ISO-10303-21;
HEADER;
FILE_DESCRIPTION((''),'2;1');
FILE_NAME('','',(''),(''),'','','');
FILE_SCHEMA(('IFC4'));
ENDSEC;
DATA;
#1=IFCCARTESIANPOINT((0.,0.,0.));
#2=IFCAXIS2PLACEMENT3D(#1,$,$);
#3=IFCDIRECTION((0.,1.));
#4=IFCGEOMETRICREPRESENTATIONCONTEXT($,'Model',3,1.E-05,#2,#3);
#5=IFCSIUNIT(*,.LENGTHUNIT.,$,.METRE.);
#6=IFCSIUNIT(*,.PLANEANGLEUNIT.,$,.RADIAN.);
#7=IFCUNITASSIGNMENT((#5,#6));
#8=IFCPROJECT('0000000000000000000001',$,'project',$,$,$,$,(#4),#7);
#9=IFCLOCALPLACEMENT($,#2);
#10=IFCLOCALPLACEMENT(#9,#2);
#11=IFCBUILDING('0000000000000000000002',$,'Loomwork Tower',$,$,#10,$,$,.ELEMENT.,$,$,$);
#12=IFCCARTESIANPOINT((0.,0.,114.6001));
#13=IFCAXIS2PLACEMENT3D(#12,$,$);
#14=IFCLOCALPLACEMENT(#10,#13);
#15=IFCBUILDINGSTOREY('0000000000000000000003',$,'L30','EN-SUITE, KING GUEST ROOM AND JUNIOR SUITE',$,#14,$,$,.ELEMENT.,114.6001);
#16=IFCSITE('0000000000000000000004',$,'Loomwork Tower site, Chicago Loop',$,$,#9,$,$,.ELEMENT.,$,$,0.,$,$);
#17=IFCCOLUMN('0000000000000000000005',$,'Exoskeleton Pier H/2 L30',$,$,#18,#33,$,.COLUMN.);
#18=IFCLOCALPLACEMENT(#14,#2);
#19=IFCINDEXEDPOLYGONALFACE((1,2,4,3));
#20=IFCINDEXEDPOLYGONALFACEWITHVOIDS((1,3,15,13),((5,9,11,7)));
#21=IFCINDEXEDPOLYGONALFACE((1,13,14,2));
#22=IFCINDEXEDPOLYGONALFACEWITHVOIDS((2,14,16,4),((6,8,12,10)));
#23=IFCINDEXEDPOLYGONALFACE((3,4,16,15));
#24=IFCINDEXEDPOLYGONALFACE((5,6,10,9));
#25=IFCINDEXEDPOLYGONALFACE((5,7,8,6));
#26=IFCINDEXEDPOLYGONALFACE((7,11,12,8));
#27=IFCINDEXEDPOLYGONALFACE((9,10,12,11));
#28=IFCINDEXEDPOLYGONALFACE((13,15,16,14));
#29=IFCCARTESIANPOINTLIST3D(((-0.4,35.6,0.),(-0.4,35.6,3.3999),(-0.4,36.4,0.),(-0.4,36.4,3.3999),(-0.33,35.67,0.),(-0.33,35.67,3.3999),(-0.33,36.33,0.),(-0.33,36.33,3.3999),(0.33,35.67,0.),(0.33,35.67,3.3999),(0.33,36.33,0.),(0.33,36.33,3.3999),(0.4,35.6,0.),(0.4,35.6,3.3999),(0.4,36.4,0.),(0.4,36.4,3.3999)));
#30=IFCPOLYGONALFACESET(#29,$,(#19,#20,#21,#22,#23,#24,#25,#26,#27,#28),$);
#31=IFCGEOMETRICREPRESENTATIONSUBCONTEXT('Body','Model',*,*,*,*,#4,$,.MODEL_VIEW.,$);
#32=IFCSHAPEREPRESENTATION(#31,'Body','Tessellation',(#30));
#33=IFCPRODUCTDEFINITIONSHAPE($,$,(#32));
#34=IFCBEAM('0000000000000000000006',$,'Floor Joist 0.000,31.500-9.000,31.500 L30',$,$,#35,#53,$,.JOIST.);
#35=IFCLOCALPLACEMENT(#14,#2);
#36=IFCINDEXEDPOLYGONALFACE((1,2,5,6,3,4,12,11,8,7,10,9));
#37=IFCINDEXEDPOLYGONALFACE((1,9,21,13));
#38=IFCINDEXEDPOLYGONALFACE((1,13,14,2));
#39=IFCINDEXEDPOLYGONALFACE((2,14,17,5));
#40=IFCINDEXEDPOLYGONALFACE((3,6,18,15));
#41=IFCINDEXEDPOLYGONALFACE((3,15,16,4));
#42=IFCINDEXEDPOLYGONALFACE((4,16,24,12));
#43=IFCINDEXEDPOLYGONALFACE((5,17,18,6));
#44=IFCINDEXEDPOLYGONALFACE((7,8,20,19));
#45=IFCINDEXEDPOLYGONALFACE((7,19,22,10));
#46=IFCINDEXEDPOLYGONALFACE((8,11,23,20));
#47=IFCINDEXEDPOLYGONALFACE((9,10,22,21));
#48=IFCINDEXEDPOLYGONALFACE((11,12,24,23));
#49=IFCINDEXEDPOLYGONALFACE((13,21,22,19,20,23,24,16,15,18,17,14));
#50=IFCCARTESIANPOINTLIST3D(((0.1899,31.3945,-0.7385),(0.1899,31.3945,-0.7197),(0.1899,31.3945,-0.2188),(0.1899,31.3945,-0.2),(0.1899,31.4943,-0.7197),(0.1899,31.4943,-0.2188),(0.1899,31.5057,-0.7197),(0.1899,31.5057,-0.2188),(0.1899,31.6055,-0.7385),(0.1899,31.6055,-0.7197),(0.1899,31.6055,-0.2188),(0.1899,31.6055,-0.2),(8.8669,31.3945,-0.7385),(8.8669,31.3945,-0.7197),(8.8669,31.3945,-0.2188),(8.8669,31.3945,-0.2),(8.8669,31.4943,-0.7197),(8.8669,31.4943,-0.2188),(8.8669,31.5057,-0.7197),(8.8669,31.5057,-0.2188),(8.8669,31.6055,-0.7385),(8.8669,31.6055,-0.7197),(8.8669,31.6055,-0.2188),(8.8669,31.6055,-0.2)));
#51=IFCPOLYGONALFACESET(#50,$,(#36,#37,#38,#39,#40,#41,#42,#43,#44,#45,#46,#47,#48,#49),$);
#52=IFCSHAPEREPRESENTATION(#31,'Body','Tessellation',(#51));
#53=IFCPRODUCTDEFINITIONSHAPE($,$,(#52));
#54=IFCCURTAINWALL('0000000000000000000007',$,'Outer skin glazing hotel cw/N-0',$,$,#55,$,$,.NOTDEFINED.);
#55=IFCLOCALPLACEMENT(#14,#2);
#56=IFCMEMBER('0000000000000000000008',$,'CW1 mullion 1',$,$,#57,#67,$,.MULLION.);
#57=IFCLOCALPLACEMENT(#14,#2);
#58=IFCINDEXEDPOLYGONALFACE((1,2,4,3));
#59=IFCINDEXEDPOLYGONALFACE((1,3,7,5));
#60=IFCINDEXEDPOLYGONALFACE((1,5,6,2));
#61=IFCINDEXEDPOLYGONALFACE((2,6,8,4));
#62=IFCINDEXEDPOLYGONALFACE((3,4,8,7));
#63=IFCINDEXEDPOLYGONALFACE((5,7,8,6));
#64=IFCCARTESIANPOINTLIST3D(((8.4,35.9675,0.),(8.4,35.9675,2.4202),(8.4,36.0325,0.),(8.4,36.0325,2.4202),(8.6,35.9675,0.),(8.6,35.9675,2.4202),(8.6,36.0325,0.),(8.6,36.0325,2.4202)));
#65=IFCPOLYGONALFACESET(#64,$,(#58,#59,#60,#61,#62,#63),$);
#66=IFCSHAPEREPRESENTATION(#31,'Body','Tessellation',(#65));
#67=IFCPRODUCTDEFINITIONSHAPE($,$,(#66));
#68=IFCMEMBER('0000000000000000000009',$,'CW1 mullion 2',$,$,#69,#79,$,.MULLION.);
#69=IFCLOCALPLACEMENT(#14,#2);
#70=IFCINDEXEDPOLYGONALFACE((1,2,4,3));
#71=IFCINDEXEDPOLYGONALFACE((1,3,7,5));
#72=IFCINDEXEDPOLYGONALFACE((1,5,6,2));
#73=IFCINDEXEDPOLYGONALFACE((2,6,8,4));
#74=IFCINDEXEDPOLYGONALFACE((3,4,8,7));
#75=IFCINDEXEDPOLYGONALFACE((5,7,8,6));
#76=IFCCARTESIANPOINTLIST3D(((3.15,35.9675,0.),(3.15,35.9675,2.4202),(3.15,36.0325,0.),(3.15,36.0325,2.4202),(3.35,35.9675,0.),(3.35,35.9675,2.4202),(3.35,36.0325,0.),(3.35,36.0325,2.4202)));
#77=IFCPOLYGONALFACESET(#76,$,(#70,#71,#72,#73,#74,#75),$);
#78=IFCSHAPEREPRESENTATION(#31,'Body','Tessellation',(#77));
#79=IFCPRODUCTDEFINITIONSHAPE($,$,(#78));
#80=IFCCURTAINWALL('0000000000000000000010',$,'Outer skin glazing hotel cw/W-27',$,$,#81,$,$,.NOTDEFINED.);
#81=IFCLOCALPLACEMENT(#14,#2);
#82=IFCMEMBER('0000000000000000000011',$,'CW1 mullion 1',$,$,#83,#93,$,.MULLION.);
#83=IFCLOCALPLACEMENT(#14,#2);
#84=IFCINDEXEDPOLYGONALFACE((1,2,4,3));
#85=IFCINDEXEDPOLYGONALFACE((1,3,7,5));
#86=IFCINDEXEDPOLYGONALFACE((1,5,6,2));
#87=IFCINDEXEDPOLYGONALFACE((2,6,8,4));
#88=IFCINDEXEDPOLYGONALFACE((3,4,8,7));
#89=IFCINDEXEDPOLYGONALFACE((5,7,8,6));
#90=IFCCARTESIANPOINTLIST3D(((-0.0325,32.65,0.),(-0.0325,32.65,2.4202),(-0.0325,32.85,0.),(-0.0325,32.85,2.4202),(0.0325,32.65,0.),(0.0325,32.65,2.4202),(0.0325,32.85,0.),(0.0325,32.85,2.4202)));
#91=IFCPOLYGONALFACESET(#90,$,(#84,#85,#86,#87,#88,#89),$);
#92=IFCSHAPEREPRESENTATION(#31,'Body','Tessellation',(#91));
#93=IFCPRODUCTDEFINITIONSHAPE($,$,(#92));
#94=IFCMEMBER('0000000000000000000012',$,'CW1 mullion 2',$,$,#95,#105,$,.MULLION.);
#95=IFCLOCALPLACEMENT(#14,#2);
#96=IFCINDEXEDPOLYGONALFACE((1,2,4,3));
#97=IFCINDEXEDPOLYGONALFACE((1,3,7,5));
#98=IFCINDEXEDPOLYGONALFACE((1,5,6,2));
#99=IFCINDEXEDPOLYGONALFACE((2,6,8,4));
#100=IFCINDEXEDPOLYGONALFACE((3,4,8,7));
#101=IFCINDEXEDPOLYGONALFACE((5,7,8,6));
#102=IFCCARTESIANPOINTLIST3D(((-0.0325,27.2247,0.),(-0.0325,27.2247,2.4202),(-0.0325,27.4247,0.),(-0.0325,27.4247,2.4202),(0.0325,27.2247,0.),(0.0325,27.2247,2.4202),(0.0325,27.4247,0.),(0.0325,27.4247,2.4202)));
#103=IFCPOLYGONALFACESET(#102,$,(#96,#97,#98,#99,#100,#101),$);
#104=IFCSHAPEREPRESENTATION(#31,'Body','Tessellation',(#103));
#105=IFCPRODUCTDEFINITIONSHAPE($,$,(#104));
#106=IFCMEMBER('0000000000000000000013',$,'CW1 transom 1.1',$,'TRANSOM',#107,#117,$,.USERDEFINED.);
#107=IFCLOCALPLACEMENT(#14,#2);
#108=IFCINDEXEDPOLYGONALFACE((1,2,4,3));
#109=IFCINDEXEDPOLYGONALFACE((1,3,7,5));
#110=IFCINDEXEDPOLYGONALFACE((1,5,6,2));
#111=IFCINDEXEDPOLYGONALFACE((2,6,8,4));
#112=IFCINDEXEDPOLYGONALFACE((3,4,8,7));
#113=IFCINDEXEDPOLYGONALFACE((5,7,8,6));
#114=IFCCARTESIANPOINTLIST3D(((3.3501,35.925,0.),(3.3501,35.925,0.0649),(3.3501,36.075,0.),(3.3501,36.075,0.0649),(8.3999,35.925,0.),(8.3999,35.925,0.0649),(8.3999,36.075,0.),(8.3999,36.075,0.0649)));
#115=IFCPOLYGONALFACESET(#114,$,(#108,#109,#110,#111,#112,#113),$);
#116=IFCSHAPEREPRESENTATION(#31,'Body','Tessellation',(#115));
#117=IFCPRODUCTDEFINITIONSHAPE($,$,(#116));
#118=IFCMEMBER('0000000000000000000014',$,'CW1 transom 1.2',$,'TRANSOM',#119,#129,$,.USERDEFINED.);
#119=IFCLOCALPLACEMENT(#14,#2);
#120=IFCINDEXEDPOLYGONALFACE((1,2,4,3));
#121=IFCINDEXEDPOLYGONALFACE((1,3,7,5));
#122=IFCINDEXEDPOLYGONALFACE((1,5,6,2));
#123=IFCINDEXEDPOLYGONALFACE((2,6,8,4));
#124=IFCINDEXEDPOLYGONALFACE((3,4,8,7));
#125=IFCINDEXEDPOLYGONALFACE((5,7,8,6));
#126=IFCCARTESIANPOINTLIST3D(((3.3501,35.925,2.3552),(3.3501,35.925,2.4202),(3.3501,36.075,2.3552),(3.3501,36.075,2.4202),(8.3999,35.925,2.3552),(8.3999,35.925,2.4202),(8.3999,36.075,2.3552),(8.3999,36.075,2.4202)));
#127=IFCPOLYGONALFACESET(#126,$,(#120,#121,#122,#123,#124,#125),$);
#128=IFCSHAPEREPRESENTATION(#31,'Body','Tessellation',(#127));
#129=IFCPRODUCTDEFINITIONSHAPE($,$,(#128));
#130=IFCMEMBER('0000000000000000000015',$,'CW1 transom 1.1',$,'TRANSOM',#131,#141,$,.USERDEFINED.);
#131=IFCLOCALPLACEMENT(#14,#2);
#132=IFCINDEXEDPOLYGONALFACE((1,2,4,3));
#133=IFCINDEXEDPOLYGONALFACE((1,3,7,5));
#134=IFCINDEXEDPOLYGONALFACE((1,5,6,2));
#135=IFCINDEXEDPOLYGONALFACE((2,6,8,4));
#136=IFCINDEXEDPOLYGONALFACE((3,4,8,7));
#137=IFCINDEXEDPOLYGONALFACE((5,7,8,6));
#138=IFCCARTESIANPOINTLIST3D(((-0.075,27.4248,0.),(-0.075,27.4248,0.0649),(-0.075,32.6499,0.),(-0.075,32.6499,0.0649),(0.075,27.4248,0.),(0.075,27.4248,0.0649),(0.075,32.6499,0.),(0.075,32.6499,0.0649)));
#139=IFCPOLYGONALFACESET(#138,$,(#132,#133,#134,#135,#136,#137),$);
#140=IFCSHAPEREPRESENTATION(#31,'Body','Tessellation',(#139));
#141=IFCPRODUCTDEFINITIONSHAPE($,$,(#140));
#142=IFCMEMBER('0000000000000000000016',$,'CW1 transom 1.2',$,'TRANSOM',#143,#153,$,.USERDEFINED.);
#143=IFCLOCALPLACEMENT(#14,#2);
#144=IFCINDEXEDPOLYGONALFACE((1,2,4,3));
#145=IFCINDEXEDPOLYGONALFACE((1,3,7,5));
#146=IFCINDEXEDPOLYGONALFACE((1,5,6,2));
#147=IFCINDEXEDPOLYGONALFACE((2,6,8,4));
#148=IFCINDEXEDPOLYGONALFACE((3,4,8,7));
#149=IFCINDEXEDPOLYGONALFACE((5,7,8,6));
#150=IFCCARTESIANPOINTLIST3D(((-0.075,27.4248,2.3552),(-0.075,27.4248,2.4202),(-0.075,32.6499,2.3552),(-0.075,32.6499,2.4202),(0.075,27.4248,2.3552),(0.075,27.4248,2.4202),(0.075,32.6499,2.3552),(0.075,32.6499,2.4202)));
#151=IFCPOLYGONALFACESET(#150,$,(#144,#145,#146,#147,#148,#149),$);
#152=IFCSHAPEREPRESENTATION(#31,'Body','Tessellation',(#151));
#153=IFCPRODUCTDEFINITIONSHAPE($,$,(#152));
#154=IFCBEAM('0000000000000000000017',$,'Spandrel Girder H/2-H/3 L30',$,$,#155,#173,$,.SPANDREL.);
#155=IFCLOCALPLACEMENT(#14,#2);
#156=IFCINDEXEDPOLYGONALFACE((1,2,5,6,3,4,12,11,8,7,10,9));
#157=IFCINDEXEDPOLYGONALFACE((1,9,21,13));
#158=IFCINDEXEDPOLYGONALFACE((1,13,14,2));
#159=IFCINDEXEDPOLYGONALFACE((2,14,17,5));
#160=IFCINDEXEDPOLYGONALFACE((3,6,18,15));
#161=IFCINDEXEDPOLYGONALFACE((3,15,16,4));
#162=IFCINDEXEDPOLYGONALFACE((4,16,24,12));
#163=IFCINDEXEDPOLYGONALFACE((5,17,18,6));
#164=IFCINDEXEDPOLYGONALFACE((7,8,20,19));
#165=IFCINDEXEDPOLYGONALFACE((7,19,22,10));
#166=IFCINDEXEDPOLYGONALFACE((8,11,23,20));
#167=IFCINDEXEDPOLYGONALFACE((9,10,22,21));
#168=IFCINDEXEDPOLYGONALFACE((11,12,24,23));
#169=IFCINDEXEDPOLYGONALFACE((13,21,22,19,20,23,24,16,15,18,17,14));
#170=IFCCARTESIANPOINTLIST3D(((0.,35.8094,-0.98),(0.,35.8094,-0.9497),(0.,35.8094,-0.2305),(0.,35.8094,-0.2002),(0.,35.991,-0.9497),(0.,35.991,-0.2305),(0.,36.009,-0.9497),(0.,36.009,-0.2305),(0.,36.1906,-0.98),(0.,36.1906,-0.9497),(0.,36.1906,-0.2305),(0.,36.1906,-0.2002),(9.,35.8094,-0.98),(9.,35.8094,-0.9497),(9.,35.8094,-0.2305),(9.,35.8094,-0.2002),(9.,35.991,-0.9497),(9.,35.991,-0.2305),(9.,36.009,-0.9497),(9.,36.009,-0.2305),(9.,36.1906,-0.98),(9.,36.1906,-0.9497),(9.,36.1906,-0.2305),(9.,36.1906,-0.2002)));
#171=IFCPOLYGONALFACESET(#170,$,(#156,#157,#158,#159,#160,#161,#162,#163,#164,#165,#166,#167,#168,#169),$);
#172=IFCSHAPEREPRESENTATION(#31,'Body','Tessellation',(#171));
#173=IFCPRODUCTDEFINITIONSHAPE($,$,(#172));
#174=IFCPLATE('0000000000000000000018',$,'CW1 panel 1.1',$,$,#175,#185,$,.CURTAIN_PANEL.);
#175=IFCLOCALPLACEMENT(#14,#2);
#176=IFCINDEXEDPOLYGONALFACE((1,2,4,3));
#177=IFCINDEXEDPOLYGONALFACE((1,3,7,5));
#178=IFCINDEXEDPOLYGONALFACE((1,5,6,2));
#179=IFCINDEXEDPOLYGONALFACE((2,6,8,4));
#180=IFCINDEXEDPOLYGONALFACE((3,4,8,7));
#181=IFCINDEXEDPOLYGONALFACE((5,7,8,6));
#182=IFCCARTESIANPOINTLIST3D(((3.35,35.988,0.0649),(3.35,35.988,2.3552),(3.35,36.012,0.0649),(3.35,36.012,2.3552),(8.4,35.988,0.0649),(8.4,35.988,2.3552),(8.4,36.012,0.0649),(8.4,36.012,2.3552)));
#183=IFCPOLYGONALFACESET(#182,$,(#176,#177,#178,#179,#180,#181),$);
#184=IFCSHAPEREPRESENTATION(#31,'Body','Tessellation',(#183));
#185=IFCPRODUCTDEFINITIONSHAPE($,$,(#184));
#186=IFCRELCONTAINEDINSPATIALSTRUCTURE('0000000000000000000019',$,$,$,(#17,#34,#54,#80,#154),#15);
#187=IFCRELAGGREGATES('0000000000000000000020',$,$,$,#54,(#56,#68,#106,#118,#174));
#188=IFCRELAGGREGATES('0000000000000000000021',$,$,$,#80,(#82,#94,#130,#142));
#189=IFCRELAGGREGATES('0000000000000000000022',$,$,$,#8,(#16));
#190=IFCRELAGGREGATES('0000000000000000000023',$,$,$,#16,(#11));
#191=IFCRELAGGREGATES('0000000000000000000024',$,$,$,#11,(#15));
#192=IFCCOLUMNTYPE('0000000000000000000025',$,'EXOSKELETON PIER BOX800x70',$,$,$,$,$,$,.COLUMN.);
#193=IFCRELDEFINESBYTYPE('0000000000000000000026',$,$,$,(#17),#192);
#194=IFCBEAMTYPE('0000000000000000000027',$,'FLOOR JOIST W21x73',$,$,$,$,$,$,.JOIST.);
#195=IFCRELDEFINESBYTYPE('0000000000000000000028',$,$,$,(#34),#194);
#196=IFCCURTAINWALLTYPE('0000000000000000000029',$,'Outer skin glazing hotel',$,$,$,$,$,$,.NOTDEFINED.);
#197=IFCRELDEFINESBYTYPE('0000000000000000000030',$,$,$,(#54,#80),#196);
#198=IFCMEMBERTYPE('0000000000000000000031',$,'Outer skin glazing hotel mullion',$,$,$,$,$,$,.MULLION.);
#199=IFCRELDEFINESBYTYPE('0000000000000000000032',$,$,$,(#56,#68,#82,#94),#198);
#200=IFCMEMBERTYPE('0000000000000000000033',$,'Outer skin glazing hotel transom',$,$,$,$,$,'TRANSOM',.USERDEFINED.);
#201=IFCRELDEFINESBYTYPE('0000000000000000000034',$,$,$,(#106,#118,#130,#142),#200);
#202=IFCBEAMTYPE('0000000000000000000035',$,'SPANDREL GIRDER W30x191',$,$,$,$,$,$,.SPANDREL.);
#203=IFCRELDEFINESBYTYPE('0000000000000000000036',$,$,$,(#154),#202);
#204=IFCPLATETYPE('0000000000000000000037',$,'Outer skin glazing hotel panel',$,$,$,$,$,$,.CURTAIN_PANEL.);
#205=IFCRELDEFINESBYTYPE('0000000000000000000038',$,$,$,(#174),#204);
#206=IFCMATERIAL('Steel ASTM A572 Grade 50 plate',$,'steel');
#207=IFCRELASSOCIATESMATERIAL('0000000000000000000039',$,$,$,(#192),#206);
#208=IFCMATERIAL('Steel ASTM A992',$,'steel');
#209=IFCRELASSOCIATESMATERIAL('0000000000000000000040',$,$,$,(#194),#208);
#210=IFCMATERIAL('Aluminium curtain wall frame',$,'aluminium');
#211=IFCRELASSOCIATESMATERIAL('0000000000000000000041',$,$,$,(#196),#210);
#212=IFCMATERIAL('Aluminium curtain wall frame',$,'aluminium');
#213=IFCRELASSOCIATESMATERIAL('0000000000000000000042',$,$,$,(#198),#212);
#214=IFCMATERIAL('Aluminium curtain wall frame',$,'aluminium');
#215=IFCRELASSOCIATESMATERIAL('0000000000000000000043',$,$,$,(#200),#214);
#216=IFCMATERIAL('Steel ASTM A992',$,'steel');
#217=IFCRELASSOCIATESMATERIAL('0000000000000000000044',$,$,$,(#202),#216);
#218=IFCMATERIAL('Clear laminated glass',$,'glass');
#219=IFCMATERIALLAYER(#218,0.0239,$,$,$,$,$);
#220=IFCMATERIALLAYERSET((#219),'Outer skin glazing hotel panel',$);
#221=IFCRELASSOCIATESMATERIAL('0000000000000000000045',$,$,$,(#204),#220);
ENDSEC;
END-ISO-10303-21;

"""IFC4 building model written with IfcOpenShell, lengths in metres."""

from ifc_helpers import new_model, si_unit, direction, frame, origin, origin_2d, place, context, subcontext, project, spatial, rectangle, hollow_rectangle, i_section, extrude, material, layer, layer_set, material_profile, profile_set, type_object, element, aggregate, save


model = new_model("IFC4")

# Units and contexts
model_context = context("Model", 3, precision=1e-05, world=origin(), true_north=direction((0.0, 1.0)))
body_context = subcontext(model_context, "Body", "Model", "MODEL_VIEW")
ifc_project = project(units=[si_unit("LENGTHUNIT", "METRE"), si_unit("PLANEANGLEUNIT", "RADIAN")], contexts=[model_context])

# Site, building, storey
site_placement = place(None, origin())
site = spatial("IfcSite", under=ifc_project, at=site_placement, Name="Loomwork Tower site, Chicago Loop", CompositionType="ELEMENT", RefElevation=0.0)
building_placement = place(site_placement, origin())
building = spatial("IfcBuilding", under=site, at=building_placement, Name="Loomwork Tower", CompositionType="ELEMENT")
storey_placement = place(building_placement, frame((0.0, 0.0, 114.6001)))
storey = spatial("IfcBuildingStorey", under=building, at=storey_placement, Name="L30", Description="EN-SUITE, KING GUEST ROOM AND JUNIOR SUITE", CompositionType="ELEMENT", Elevation=114.6001)

# Column
ifc_material_1 = material(Name="Steel ASTM A572 Grade 50 plate", Category="steel")
ifc_material_profile_1 = material_profile(ifc_material_1, hollow_rectangle(XDim=0.8, YDim=0.8, WallThickness=0.0701, at=origin_2d()), Name="BOX800x70")
ifc_profile_set_1 = profile_set([ifc_material_profile_1], Name="Steel ASTM A572 Grade 50 plate")
column_type = type_object("IfcColumnType", Name="EXOSKELETON PIER BOX800x70", PredefinedType="COLUMN", material=ifc_profile_set_1)
column_placement = place(storey_placement, frame((0.0, 36.0, 0.0), z_axis=(0.0, 0.0, 1.0), x_axis=(1.0, 0.0, 0.0)))
element("IfcColumn", 1, at=column_placement, inside=storey, type_object=column_type, Name="Exoskeleton Pier H/2 L30", PredefinedType="COLUMN", context=body_context, shape_type="SweptSolid", body=[
    extrude(hollow_rectangle(XDim=0.8, YDim=0.8, WallThickness=0.0701, at=origin_2d()), origin(), (0.0, 0.0, 1.0), 3.3999),
])

# Beam
ifc_material_2 = material(Name="Steel ASTM A992", Category="steel")
ifc_material_profile_2 = material_profile(ifc_material_2, i_section(OverallWidth=0.2109, OverallDepth=0.5386, WebThickness=0.0115, FlangeThickness=0.0188, at=origin_2d()), Name="W21x73")
ifc_profile_set_2 = profile_set([ifc_material_profile_2], Name="Steel ASTM A992")
beam_type_1 = type_object("IfcBeamType", Name="FLOOR JOIST W21x73", PredefinedType="JOIST", material=ifc_profile_set_2)
beam_1_placement = place(storey_placement, frame((0.1899, 31.5, -0.4692), z_axis=(1.0, 0.0, 0.0), x_axis=(0.0, 1.0, 0.0)))
element("IfcBeam", 2, at=beam_1_placement, inside=storey, type_object=beam_type_1, Name="Floor Joist 0.000,31.500-9.000,31.500 L30", PredefinedType="JOIST", context=body_context, shape_type="SweptSolid", body=[
    extrude(i_section(OverallWidth=0.2109, OverallDepth=0.5386, WebThickness=0.0115, FlangeThickness=0.0188, at=origin_2d()), origin(), (0.0, 0.0, 1.0), 8.677),
])

# Curtain walls, members
ifc_material_3 = material(Name="Aluminium curtain wall frame", Category="aluminium")
curtain_wall_type = type_object("IfcCurtainWallType", Name="Outer skin glazing hotel", PredefinedType="NOTDEFINED", material=ifc_material_3)
curtain_wall_1_placement = place(storey_placement, origin())
curtain_wall_1 = element("IfcCurtainWall", 3, at=curtain_wall_1_placement, inside=storey, type_object=curtain_wall_type, Name="Outer skin glazing hotel cw/N-0", PredefinedType="NOTDEFINED")
ifc_material_4 = material(Name="Aluminium curtain wall frame", Category="aluminium")
ifc_material_profile_3 = material_profile(ifc_material_4, rectangle(XDim=0.0649, YDim=0.2, at=origin_2d()), Name="AL 65x200")
ifc_profile_set_3 = profile_set([ifc_material_profile_3], Name="Aluminium curtain wall frame")
member_type_1 = type_object("IfcMemberType", Name="Outer skin glazing hotel mullion", PredefinedType="MULLION", material=ifc_profile_set_3)
member_1_placement = place(storey_placement, frame((8.5, 36.0, 0.0), z_axis=(0.0, 0.0, 1.0), x_axis=(0.0, -1.0, 0.0)))
member_1 = element("IfcMember", 4, at=member_1_placement, type_object=member_type_1, Name="CW1 mullion 1", PredefinedType="MULLION", context=body_context, shape_type="SweptSolid", body=[
    extrude(rectangle(XDim=0.0649, YDim=0.2, at=origin_2d()), origin(), (0.0, 0.0, 1.0), 2.4202),
])
member_2_placement = place(storey_placement, frame((3.25, 36.0, 0.0), z_axis=(0.0, 0.0, 1.0), x_axis=(0.0, -1.0, 0.0)))
member_2 = element("IfcMember", 5, at=member_2_placement, type_object=member_type_1, Name="CW1 mullion 2", PredefinedType="MULLION", context=body_context, shape_type="SweptSolid", body=[
    extrude(rectangle(XDim=0.0649, YDim=0.2, at=origin_2d()), origin(), (0.0, 0.0, 1.0), 2.4202),
])
curtain_wall_2_placement = place(storey_placement, origin())
curtain_wall_2 = element("IfcCurtainWall", 6, at=curtain_wall_2_placement, inside=storey, type_object=curtain_wall_type, Name="Outer skin glazing hotel cw/W-27", PredefinedType="NOTDEFINED")
member_3_placement = place(storey_placement, frame((0.0, 32.75, 0.0), z_axis=(0.0, 0.0, 1.0), x_axis=(1.0, 0.0, 0.0)))
member_3 = element("IfcMember", 7, at=member_3_placement, type_object=member_type_1, Name="CW1 mullion 1", PredefinedType="MULLION", context=body_context, shape_type="SweptSolid", body=[
    extrude(rectangle(XDim=0.0649, YDim=0.2, at=origin_2d()), origin(), (0.0, 0.0, 1.0), 2.4202),
])
member_4_placement = place(storey_placement, frame((0.0, 27.3247, 0.0), z_axis=(0.0, 0.0, 1.0), x_axis=(1.0, 0.0, 0.0)))
member_4 = element("IfcMember", 8, at=member_4_placement, type_object=member_type_1, Name="CW1 mullion 2", PredefinedType="MULLION", context=body_context, shape_type="SweptSolid", body=[
    extrude(rectangle(XDim=0.0649, YDim=0.2, at=origin_2d()), origin(), (0.0, 0.0, 1.0), 2.4202),
])

# Members
ifc_material_5 = material(Name="Aluminium curtain wall frame", Category="aluminium")
ifc_material_profile_4 = material_profile(ifc_material_5, rectangle(XDim=0.1499, YDim=0.0649, at=origin_2d()), Name="AL 65x150")
ifc_profile_set_4 = profile_set([ifc_material_profile_4], Name="Aluminium curtain wall frame")
member_type_2 = type_object("IfcMemberType", Name="Outer skin glazing hotel transom", ElementType="TRANSOM", PredefinedType="USERDEFINED", material=ifc_profile_set_4)
member_5_placement = place(storey_placement, frame((8.3999, 36.0, 0.0325), z_axis=(-1.0, 0.0, 0.0), x_axis=(0.0, -1.0, 0.0)))
member_5 = element("IfcMember", 9, at=member_5_placement, type_object=member_type_2, Name="CW1 transom 1.1", ObjectType="TRANSOM", PredefinedType="USERDEFINED", context=body_context, shape_type="SweptSolid", body=[
    extrude(rectangle(XDim=0.1499, YDim=0.0649, at=origin_2d()), origin(), (0.0, 0.0, 1.0), 5.0498),
])
member_6_placement = place(storey_placement, frame((8.3999, 36.0, 2.3877), z_axis=(-1.0, 0.0, 0.0), x_axis=(0.0, -1.0, 0.0)))
member_6 = element("IfcMember", 10, at=member_6_placement, type_object=member_type_2, Name="CW1 transom 1.2", ObjectType="TRANSOM", PredefinedType="USERDEFINED", context=body_context, shape_type="SweptSolid", body=[
    extrude(rectangle(XDim=0.1499, YDim=0.0649, at=origin_2d()), origin(), (0.0, 0.0, 1.0), 5.0498),
])
member_7_placement = place(storey_placement, frame((0.0, 32.6499, 0.0325), z_axis=(0.0, -1.0, 0.0), x_axis=(1.0, 0.0, 0.0)))
member_7 = element("IfcMember", 11, at=member_7_placement, type_object=member_type_2, Name="CW1 transom 1.1", ObjectType="TRANSOM", PredefinedType="USERDEFINED", context=body_context, shape_type="SweptSolid", body=[
    extrude(rectangle(XDim=0.1499, YDim=0.0649, at=origin_2d()), origin(), (0.0, 0.0, 1.0), 5.2251),
])
member_8_placement = place(storey_placement, frame((0.0, 32.6499, 2.3877), z_axis=(0.0, -1.0, 0.0), x_axis=(1.0, 0.0, 0.0)))
member_8 = element("IfcMember", 12, at=member_8_placement, type_object=member_type_2, Name="CW1 transom 1.2", ObjectType="TRANSOM", PredefinedType="USERDEFINED", context=body_context, shape_type="SweptSolid", body=[
    extrude(rectangle(XDim=0.1499, YDim=0.0649, at=origin_2d()), origin(), (0.0, 0.0, 1.0), 5.2251),
])

# Beam
ifc_material_6 = material(Name="Steel ASTM A992", Category="steel")
ifc_material_profile_5 = material_profile(ifc_material_6, i_section(OverallWidth=0.3811, OverallDepth=0.7798, WebThickness=0.0181, FlangeThickness=0.0303, at=origin_2d()), Name="W30x191")
ifc_profile_set_5 = profile_set([ifc_material_profile_5], Name="Steel ASTM A992")
beam_type_2 = type_object("IfcBeamType", Name="SPANDREL GIRDER W30x191", PredefinedType="SPANDREL", material=ifc_profile_set_5)
beam_2_placement = place(storey_placement, frame((0.0, 36.0, -0.5901), z_axis=(1.0, 0.0, 0.0), x_axis=(0.0, 1.0, 0.0)))
element("IfcBeam", 13, at=beam_2_placement, inside=storey, type_object=beam_type_2, Name="Spandrel Girder H/2-H/3 L30", PredefinedType="SPANDREL", context=body_context, shape_type="SweptSolid", body=[
    extrude(i_section(OverallWidth=0.3811, OverallDepth=0.7798, WebThickness=0.0181, FlangeThickness=0.0303, at=origin_2d()), origin(), (0.0, 0.0, 1.0), 9.0),
])

# Plate
ifc_material_7 = material(Name="Clear laminated glass", Category="glass")
ifc_layer_1 = layer(ifc_material_7, 0.0239)
ifc_layer_set_1 = layer_set([ifc_layer_1], Name="Outer skin glazing hotel panel")
plate_type = type_object("IfcPlateType", Name="Outer skin glazing hotel panel", PredefinedType="CURTAIN_PANEL", material=ifc_layer_set_1)
plate_1_placement = place(storey_placement, frame((5.875, 36.0, 0.0649), z_axis=(0.0, 0.0, 1.0), x_axis=(-1.0, 0.0, 0.0)))
plate_1 = element("IfcPlate", 14, at=plate_1_placement, type_object=plate_type, Name="CW1 panel 1.1", PredefinedType="CURTAIN_PANEL", context=body_context, shape_type="SweptSolid", body=[
    extrude(rectangle(XDim=5.05, YDim=0.0239, at=origin_2d()), origin(), (0.0, 0.0, 1.0), 2.2903),
])
aggregate(curtain_wall_1, [member_1, member_2, member_5, member_6, plate_1])
aggregate(curtain_wall_2, [member_3, member_4, member_7, member_8])

save(model, "model.ifc")
